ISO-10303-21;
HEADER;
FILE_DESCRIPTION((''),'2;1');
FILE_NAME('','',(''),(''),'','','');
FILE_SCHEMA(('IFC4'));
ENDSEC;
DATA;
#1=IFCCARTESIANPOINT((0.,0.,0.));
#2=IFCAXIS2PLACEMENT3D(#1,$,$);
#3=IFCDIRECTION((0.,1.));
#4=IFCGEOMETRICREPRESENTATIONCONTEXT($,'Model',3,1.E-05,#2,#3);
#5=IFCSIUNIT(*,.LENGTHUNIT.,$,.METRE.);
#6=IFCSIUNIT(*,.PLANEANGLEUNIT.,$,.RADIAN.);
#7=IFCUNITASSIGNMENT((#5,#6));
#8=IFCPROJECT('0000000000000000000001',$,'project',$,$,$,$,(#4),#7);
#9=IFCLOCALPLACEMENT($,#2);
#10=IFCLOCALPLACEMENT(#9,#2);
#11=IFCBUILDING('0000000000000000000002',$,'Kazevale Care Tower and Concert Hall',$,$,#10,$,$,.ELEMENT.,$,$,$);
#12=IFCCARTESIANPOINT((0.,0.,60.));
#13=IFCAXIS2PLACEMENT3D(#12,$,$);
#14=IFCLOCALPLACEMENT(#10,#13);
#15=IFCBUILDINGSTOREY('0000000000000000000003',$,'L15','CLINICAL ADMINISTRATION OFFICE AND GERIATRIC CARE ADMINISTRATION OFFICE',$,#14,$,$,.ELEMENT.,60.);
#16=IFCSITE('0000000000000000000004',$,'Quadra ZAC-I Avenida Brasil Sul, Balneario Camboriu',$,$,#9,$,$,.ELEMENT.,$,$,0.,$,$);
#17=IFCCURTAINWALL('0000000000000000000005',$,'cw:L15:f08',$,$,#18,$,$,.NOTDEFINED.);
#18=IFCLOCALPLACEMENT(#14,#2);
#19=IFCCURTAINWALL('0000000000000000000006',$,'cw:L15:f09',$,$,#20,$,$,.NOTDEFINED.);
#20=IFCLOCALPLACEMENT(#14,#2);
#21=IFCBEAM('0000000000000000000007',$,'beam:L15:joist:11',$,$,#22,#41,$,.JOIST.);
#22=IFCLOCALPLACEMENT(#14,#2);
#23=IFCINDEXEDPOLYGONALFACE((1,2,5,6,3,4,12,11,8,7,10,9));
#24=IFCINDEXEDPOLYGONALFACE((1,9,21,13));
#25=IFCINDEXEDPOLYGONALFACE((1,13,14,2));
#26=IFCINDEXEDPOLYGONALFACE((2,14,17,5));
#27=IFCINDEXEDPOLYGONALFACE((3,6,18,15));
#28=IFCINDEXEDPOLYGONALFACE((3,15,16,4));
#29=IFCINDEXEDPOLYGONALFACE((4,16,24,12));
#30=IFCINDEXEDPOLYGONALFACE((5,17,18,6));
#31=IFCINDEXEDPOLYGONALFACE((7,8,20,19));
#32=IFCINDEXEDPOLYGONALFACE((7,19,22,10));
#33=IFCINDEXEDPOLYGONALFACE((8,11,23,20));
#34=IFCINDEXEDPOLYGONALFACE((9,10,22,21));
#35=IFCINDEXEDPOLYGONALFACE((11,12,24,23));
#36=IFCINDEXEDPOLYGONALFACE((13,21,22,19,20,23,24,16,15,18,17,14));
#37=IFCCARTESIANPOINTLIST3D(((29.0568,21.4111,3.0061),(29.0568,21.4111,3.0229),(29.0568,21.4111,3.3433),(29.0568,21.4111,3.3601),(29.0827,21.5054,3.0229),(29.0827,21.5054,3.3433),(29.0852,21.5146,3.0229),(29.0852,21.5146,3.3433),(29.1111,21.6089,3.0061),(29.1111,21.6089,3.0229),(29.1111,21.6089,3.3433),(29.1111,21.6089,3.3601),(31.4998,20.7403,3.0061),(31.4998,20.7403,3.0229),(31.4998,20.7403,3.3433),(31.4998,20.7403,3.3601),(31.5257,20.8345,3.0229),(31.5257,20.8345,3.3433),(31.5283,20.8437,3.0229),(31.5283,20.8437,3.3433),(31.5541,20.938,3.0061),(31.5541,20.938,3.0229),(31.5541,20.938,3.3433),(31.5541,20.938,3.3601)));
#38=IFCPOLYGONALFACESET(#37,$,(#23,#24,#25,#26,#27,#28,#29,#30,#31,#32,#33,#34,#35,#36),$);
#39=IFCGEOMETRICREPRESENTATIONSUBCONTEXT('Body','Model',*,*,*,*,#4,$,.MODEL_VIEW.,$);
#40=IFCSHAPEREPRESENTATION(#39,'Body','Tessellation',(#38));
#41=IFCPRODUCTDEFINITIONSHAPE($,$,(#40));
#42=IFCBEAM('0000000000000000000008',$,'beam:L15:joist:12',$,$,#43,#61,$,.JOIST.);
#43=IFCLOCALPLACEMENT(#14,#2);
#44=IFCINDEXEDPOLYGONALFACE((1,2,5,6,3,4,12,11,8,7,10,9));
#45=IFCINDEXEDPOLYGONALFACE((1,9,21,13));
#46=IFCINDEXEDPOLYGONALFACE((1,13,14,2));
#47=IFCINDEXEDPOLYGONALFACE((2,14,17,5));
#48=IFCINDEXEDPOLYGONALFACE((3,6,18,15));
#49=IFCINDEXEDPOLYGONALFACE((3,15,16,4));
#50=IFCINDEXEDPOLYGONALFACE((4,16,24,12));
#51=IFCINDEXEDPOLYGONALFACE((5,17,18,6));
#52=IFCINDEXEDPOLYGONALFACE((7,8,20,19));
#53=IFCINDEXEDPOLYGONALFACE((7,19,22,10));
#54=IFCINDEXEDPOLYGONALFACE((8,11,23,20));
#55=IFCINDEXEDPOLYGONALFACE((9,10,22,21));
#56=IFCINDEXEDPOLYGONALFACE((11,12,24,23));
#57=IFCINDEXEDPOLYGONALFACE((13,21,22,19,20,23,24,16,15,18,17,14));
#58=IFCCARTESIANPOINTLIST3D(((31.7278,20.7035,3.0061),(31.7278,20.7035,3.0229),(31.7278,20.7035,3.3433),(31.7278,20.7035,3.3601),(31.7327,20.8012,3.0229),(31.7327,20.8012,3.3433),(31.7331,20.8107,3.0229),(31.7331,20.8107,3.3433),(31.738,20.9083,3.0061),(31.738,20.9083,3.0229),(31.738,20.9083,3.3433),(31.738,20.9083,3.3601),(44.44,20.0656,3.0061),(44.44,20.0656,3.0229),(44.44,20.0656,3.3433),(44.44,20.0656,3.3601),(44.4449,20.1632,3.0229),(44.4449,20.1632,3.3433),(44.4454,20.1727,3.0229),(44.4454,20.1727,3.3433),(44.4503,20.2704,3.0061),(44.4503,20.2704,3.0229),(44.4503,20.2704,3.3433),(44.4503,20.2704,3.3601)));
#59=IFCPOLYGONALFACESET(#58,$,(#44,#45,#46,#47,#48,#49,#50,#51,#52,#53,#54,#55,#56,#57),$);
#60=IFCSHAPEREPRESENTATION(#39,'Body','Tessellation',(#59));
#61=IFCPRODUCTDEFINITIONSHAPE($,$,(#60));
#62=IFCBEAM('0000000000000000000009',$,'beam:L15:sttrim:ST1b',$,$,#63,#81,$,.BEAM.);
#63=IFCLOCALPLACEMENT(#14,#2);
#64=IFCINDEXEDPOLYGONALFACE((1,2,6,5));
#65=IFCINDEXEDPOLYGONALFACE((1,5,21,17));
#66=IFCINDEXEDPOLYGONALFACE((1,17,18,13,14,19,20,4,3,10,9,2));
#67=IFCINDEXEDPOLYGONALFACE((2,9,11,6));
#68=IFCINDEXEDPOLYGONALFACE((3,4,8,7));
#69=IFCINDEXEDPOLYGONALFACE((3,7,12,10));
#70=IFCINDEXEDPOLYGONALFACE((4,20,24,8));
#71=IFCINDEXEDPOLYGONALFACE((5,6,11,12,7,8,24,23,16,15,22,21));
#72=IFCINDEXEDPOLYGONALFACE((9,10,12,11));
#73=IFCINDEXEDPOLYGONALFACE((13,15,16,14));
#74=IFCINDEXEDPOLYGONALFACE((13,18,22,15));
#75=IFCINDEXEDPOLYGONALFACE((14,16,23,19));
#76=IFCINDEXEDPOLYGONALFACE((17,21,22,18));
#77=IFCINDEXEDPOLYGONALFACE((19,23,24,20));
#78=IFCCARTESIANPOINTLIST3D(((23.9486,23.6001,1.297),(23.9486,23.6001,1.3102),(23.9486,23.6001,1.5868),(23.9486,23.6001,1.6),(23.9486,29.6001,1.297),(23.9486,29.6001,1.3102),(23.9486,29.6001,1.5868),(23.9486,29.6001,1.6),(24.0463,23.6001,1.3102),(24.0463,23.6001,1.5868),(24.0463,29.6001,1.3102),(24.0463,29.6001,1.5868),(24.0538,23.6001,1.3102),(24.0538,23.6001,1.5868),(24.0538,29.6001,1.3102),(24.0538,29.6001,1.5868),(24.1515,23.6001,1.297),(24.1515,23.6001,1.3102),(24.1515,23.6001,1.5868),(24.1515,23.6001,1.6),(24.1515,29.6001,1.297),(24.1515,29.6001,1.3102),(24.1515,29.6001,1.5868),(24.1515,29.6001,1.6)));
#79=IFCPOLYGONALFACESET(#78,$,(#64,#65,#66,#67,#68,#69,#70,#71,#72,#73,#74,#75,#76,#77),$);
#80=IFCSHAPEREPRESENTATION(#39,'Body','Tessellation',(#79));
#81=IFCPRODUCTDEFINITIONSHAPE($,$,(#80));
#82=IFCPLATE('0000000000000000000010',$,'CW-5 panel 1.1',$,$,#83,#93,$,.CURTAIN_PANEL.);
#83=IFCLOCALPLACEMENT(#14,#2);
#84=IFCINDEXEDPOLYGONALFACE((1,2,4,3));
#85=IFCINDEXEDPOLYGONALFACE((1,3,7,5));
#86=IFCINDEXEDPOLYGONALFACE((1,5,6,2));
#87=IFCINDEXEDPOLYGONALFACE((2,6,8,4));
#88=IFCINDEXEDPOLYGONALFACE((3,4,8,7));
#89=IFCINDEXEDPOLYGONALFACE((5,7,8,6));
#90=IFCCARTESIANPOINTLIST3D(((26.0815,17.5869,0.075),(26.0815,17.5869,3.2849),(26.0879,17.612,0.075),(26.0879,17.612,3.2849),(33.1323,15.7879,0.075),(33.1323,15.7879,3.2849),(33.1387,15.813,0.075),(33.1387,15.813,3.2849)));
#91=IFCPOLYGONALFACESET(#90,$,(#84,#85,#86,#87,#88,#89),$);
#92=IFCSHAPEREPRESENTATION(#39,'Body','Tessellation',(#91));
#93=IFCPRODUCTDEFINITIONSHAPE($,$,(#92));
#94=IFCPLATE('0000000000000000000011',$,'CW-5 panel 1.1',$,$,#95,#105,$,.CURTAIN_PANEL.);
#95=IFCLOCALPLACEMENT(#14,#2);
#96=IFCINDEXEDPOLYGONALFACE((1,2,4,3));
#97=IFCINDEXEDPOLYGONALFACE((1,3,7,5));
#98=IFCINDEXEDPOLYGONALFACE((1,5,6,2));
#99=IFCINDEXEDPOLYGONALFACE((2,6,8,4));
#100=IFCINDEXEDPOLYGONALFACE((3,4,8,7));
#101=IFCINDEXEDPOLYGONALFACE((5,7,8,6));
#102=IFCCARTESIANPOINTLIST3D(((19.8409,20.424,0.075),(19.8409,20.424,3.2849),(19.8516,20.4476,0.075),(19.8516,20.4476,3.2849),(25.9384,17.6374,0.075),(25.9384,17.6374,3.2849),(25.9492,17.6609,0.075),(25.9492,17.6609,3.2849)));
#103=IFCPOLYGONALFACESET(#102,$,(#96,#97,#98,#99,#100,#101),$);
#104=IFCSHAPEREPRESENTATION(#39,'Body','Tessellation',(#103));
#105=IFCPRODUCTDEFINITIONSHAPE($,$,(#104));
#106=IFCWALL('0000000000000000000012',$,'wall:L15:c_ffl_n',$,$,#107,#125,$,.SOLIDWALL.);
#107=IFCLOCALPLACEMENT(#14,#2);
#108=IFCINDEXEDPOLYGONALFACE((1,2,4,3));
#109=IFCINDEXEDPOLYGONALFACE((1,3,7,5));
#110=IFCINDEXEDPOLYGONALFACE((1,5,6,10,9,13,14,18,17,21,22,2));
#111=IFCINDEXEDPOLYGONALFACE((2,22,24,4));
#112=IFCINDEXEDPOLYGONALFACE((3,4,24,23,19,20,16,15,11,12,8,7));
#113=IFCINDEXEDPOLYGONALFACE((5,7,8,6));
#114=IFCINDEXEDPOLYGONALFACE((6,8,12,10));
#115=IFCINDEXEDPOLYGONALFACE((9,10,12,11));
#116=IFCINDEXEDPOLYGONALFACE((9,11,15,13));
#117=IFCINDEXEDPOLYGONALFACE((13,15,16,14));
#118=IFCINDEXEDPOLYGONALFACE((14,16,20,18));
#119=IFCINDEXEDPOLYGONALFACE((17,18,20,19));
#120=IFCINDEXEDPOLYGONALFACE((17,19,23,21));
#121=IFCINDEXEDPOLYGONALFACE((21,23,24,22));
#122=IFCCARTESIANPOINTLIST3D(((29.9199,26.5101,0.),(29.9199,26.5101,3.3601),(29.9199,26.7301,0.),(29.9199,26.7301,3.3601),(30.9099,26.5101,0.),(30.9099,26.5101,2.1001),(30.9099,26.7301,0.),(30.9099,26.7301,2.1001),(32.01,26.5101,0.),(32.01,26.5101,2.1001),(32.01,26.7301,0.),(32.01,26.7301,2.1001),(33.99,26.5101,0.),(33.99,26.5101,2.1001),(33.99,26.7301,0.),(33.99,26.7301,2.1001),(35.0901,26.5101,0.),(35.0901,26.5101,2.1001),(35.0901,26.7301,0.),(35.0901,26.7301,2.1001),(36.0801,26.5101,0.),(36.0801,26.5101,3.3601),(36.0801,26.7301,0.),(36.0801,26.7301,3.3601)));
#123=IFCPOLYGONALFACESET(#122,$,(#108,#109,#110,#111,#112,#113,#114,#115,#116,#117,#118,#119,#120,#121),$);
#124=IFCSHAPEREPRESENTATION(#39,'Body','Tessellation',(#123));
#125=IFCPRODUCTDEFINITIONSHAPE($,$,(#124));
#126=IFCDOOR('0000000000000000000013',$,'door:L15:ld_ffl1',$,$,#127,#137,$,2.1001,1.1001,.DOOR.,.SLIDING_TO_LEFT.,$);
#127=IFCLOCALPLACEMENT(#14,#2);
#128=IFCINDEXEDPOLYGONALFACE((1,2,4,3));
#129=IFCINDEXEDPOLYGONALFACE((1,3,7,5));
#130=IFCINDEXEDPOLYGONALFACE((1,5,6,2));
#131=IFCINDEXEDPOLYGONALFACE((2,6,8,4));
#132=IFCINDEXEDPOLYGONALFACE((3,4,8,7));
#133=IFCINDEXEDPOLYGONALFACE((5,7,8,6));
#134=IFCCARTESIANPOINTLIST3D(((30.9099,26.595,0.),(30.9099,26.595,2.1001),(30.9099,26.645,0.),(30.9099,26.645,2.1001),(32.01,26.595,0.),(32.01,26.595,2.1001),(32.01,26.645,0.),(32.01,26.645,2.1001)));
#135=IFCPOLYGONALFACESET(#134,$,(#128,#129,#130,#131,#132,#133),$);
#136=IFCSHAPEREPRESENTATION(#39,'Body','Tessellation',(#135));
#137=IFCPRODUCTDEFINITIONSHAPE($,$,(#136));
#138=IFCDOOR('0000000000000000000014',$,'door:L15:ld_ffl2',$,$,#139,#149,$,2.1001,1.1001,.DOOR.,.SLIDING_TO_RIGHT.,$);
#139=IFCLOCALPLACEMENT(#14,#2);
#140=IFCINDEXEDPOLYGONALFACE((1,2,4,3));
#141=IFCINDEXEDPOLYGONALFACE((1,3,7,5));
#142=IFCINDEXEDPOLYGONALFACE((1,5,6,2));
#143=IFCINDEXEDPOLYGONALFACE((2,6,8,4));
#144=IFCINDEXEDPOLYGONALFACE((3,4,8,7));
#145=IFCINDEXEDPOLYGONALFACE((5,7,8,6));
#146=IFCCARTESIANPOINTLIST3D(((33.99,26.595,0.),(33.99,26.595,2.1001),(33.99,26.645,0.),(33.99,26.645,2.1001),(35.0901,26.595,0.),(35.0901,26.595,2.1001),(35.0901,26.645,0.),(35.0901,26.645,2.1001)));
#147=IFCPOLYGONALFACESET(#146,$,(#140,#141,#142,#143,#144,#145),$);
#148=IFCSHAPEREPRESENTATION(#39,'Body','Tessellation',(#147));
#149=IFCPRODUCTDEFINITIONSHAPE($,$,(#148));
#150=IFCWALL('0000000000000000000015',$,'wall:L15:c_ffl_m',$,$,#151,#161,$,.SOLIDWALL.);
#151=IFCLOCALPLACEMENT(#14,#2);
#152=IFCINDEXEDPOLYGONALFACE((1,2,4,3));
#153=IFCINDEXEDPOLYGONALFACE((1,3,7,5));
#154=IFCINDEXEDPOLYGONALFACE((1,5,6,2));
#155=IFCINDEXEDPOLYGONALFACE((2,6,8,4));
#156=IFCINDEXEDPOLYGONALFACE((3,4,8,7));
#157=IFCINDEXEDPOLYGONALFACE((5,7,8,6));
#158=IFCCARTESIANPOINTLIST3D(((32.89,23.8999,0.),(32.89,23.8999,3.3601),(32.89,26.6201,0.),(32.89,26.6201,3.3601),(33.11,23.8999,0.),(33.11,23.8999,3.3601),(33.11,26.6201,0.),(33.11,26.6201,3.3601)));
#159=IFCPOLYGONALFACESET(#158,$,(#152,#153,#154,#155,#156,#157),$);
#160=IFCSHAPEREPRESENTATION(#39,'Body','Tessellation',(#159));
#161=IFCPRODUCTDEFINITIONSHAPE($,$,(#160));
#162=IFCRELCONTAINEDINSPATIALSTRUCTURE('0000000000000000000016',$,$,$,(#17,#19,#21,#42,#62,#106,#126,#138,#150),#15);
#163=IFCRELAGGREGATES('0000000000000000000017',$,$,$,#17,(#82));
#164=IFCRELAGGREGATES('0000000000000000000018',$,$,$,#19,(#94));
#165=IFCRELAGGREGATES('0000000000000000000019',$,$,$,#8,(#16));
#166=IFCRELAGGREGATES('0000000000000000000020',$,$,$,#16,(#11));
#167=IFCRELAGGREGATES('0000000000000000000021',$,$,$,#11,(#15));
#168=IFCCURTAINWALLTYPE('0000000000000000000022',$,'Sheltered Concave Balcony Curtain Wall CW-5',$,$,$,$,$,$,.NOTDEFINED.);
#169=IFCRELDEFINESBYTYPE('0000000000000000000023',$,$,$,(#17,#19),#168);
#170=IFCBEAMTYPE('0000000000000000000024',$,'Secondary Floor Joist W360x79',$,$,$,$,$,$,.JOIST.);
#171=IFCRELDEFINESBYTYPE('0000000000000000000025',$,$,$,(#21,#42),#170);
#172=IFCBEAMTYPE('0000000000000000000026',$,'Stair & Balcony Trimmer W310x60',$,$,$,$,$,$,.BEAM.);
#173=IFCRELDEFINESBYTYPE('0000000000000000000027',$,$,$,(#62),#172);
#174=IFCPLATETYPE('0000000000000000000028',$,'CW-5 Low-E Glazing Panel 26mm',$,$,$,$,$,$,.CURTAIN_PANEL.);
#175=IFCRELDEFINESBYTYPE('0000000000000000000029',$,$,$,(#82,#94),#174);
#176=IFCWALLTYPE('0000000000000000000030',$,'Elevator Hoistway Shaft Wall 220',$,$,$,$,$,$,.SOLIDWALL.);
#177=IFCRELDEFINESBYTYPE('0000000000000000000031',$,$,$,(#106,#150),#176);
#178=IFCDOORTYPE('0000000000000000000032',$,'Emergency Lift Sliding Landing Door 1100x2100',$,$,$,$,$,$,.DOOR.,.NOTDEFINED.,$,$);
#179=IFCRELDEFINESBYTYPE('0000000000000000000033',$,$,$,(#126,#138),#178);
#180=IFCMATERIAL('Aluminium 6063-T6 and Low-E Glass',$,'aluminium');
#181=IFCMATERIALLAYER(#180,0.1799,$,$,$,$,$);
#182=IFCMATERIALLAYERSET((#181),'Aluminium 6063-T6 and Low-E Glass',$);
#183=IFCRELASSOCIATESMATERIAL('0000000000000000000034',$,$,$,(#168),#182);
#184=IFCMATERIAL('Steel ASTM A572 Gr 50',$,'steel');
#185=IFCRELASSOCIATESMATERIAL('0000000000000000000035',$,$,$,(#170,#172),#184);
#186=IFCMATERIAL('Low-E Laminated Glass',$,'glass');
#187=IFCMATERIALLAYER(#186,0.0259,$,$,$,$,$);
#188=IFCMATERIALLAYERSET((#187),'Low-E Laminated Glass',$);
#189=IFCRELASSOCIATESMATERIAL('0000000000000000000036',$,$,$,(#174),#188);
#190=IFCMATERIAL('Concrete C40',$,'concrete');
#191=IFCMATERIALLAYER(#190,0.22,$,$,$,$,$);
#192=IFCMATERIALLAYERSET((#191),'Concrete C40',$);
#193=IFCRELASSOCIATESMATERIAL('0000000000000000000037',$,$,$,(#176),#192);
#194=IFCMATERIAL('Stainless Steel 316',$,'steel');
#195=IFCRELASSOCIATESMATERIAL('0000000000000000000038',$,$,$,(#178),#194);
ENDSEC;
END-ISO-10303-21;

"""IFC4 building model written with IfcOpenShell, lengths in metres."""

from ifc_helpers import new_model, si_unit, direction, frame, frame_2d, origin, origin_2d, place, context, subcontext, project, spatial, rectangle, i_section, extrude, material, layer, layer_set, material_profile, profile_set, type_object, element, fill, aggregate, save


model = new_model("IFC4")

# Units and contexts
model_context = context("Model", 3, precision=1e-05, world=origin(), true_north=direction((0.0, 1.0)))
body_context = subcontext(model_context, "Body", "Model", "MODEL_VIEW")
ifc_project = project(units=[si_unit("LENGTHUNIT", "METRE"), si_unit("PLANEANGLEUNIT", "RADIAN")], contexts=[model_context])

# Site, building, storey
site_placement = place(None, origin())
site = spatial("IfcSite", under=ifc_project, at=site_placement, Name="Quadra ZAC-I Avenida Brasil Sul, Balneario Camboriu", CompositionType="ELEMENT", RefElevation=0.0)
building_placement = place(site_placement, origin())
building = spatial("IfcBuilding", under=site, at=building_placement, Name="Kazevale Care Tower and Concert Hall", CompositionType="ELEMENT")
storey_placement = place(building_placement, frame((0.0, 0.0, 60.0)))
storey = spatial("IfcBuildingStorey", under=building, at=storey_placement, Name="L15", Description="CLINICAL ADMINISTRATION OFFICE AND GERIATRIC CARE ADMINISTRATION OFFICE", CompositionType="ELEMENT", Elevation=60.0)

# Shared definitions
ifc_material_1 = material(Name="Aluminium 6063-T6 and Low-E Glass", Category="aluminium")
ifc_layer_1 = layer(ifc_material_1, 0.1799)
ifc_layer_set_1 = layer_set([ifc_layer_1], Name="Aluminium 6063-T6 and Low-E Glass")
curtain_wall_type = type_object("IfcCurtainWallType", Name="Sheltered Concave Balcony Curtain Wall CW-5", PredefinedType="NOTDEFINED", material=ifc_layer_set_1)

# Curtain wall
curtain_wall_1_placement = place(storey_placement, origin())
curtain_wall_1 = element("IfcCurtainWall", 1, at=curtain_wall_1_placement, inside=storey, type_object=curtain_wall_type, Name="cw:L15:f08", PredefinedType="NOTDEFINED")

# Curtain wall
curtain_wall_2_placement = place(storey_placement, origin())
curtain_wall_2 = element("IfcCurtainWall", 2, at=curtain_wall_2_placement, inside=storey, type_object=curtain_wall_type, Name="cw:L15:f09", PredefinedType="NOTDEFINED")

# Beams
ifc_material_2 = material(Name="Steel ASTM A572 Gr 50", Category="steel")
ifc_material_profile_1 = material_profile(ifc_material_2, i_section(OverallWidth=0.2051, OverallDepth=0.354, WebThickness=0.0095, FlangeThickness=0.0168, at=origin_2d()), Name="W360x79")
ifc_profile_set_1 = profile_set([ifc_material_profile_1], Name="Steel ASTM A572 Gr 50")
beam_type_1 = type_object("IfcBeamType", Name="Secondary Floor Joist W360x79", PredefinedType="JOIST", material=ifc_profile_set_1)
beam_1_placement = place(storey_placement, frame((29.084, 21.51, 3.1831), z_axis=(0.964302, -0.264805, 0.0), x_axis=(0.264805, 0.964302, 0.0)))
element("IfcBeam", 3, at=beam_1_placement, inside=storey, type_object=beam_type_1, Name="beam:L15:joist:11", PredefinedType="JOIST", context=body_context, shape_type="SweptSolid", body=[
    extrude(i_section(OverallWidth=0.2051, OverallDepth=0.354, WebThickness=0.0095, FlangeThickness=0.0168, at=origin_2d()), origin(), (0.0, 0.0, 1.0), 2.5334),
])
beam_2_placement = place(storey_placement, frame((31.7329, 20.8059, 3.1831), z_axis=(0.998743, -0.05012, 0.0), x_axis=(0.05012, 0.998743, 0.0)))
element("IfcBeam", 4, at=beam_2_placement, inside=storey, type_object=beam_type_1, Name="beam:L15:joist:12", PredefinedType="JOIST", context=body_context, shape_type="SweptSolid", body=[
    extrude(i_section(OverallWidth=0.2051, OverallDepth=0.354, WebThickness=0.0095, FlangeThickness=0.0168, at=origin_2d()), origin(), (0.0, 0.0, 1.0), 12.7283),
])
ifc_material_profile_2 = material_profile(ifc_material_2, i_section(OverallWidth=0.2029, OverallDepth=0.303, WebThickness=0.0076, FlangeThickness=0.0132, at=origin_2d()), Name="W310x60")
ifc_profile_set_2 = profile_set([ifc_material_profile_2], Name="Steel ASTM A572 Gr 50")
beam_type_2 = type_object("IfcBeamType", Name="Stair & Balcony Trimmer W310x60", PredefinedType="BEAM", material=ifc_profile_set_2)
beam_3_placement = place(storey_placement, frame((24.05, 23.6001, 1.4485), z_axis=(0.0, 1.0, 0.0), x_axis=(-1.0, 0.0, 0.0)))
element("IfcBeam", 5, at=beam_3_placement, inside=storey, type_object=beam_type_2, Name="beam:L15:sttrim:ST1b", PredefinedType="BEAM", context=body_context, shape_type="SweptSolid", body=[
    extrude(i_section(OverallWidth=0.2029, OverallDepth=0.303, WebThickness=0.0076, FlangeThickness=0.0132, at=origin_2d()), origin(), (0.0, 0.0, 1.0), 6.0),
])

# Plates
ifc_material_3 = material(Name="Low-E Laminated Glass", Category="glass")
ifc_layer_2 = layer(ifc_material_3, 0.0259)
ifc_layer_set_2 = layer_set([ifc_layer_2], Name="Low-E Laminated Glass")
plate_type = type_object("IfcPlateType", Name="CW-5 Low-E Glazing Panel 26mm", PredefinedType="CURTAIN_PANEL", material=ifc_layer_set_2)
plate_1_placement = place(storey_placement, frame((29.6101, 16.7, 0.075), z_axis=(0.0, 0.0, 1.0), x_axis=(-0.968959, 0.247222, 0.0)))
plate_1 = element("IfcPlate", 6, at=plate_1_placement, type_object=plate_type, Name="CW-5 panel 1.1", PredefinedType="CURTAIN_PANEL", context=body_context, shape_type="SweptSolid", body=[
    extrude(rectangle(XDim=7.2766, YDim=0.0259, at=origin_2d()), origin(), (0.0, 0.0, 1.0), 3.21),
])
aggregate(curtain_wall_1, [plate_1])
plate_2_placement = place(storey_placement, frame((22.895, 19.0425, 0.075), z_axis=(0.0, 0.0, 1.0), x_axis=(-0.90952, 0.41566, 0.0)))
plate_2 = element("IfcPlate", 7, at=plate_2_placement, type_object=plate_type, Name="CW-5 panel 1.1", PredefinedType="CURTAIN_PANEL", context=body_context, shape_type="SweptSolid", body=[
    extrude(rectangle(XDim=6.7041, YDim=0.0259, at=origin_2d()), origin(), (0.0, 0.0, 1.0), 3.21),
])
aggregate(curtain_wall_2, [plate_2])

# Wall, openings, doors
ifc_material_4 = material(Name="Concrete C40", Category="concrete")
ifc_layer_3 = layer(ifc_material_4, 0.22)
ifc_layer_set_3 = layer_set([ifc_layer_3], Name="Concrete C40")
wall_type_1 = type_object("IfcWallType", Name="Elevator Hoistway Shaft Wall 220", PredefinedType="SOLIDWALL", material=ifc_layer_set_3)
wall_1_placement = place(storey_placement, frame((29.9199, 26.6201, 0.0), z_axis=(0.0, 0.0, 1.0), x_axis=(1.0, 0.0, 0.0)))
wall_1 = element("IfcWall", 8, at=wall_1_placement, inside=storey, type_object=wall_type_1, Name="wall:L15:c_ffl_n", PredefinedType="SOLIDWALL", context=body_context, shape_type="SweptSolid", body=[
    extrude(rectangle(XDim=6.1602, YDim=0.22, at=frame_2d((3.0801, 0.0))), origin(), (0.0, 0.0, 1.0), 3.3601),
])
opening_1_placement = place(wall_1_placement, frame((0.99, 0.0, 0.0)))
opening_1 = element("IfcOpeningElement", 9, at=opening_1_placement, cuts=wall_1, PredefinedType="OPENING", context=body_context, shape_type="SweptSolid", body=[
    extrude(rectangle(XDim=1.1001, YDim=2.1001, at=frame_2d((0.55, 1.05))), frame((0.0, 0.1199, 0.0), z_axis=(0.0, -1.0, 0.0), x_axis=(1.0, 0.0, 0.0)), (0.0, 0.0, 1.0), 0.24),
])
opening_2_placement = place(wall_1_placement, frame((4.0701, 0.0, 0.0)))
opening_2 = element("IfcOpeningElement", 10, at=opening_2_placement, cuts=wall_1, PredefinedType="OPENING", context=body_context, shape_type="SweptSolid", body=[
    extrude(rectangle(XDim=1.1001, YDim=2.1001, at=frame_2d((0.55, 1.05))), frame((0.0, 0.1199, 0.0), z_axis=(0.0, -1.0, 0.0), x_axis=(1.0, 0.0, 0.0)), (0.0, 0.0, 1.0), 0.24),
])
ifc_material_5 = material(Name="Stainless Steel 316", Category="steel")
door_type_1 = type_object("IfcDoorType", Name="Emergency Lift Sliding Landing Door 1100x2100", OperationType="NOTDEFINED", PredefinedType="DOOR", material=ifc_material_5)
door_1_placement = place(opening_1_placement, origin())
door_1 = element("IfcDoor", 11, at=door_1_placement, inside=storey, type_object=door_type_1, Name="door:L15:ld_ffl1", OperationType="SLIDING_TO_LEFT", OverallHeight=2.1001, OverallWidth=1.1001, PredefinedType="DOOR", context=body_context, shape_type="SweptSolid", body=[
    extrude(rectangle(XDim=1.1001, YDim=2.1001, at=frame_2d((0.55, 1.05))), frame((0.0, 0.0249, 0.0), z_axis=(0.0, -1.0, 0.0), x_axis=(1.0, 0.0, 0.0)), (0.0, 0.0, 1.0), 0.05),
])
fill(opening_1, door_1)
door_2_placement = place(opening_2_placement, origin())
door_2 = element("IfcDoor", 12, at=door_2_placement, inside=storey, type_object=door_type_1, Name="door:L15:ld_ffl2", OperationType="SLIDING_TO_RIGHT", OverallHeight=2.1001, OverallWidth=1.1001, PredefinedType="DOOR", context=body_context, shape_type="SweptSolid", body=[
    extrude(rectangle(XDim=1.1001, YDim=2.1001, at=frame_2d((0.55, 1.05))), frame((0.0, 0.0249, 0.0), z_axis=(0.0, -1.0, 0.0), x_axis=(1.0, 0.0, 0.0)), (0.0, 0.0, 1.0), 0.05),
])
fill(opening_2, door_2)

# Wall
wall_2_placement = place(storey_placement, frame((33.0, 23.8999, 0.0), z_axis=(0.0, 0.0, 1.0), x_axis=(0.0, 1.0, 0.0)))
element("IfcWall", 13, at=wall_2_placement, inside=storey, type_object=wall_type_1, Name="wall:L15:c_ffl_m", PredefinedType="SOLIDWALL", context=body_context, shape_type="SweptSolid", body=[
    extrude(rectangle(XDim=2.7202, YDim=0.22, at=frame_2d((1.3601, 0.0))), origin(), (0.0, 0.0, 1.0), 3.3601),
])

save(model, "model.ifc")
